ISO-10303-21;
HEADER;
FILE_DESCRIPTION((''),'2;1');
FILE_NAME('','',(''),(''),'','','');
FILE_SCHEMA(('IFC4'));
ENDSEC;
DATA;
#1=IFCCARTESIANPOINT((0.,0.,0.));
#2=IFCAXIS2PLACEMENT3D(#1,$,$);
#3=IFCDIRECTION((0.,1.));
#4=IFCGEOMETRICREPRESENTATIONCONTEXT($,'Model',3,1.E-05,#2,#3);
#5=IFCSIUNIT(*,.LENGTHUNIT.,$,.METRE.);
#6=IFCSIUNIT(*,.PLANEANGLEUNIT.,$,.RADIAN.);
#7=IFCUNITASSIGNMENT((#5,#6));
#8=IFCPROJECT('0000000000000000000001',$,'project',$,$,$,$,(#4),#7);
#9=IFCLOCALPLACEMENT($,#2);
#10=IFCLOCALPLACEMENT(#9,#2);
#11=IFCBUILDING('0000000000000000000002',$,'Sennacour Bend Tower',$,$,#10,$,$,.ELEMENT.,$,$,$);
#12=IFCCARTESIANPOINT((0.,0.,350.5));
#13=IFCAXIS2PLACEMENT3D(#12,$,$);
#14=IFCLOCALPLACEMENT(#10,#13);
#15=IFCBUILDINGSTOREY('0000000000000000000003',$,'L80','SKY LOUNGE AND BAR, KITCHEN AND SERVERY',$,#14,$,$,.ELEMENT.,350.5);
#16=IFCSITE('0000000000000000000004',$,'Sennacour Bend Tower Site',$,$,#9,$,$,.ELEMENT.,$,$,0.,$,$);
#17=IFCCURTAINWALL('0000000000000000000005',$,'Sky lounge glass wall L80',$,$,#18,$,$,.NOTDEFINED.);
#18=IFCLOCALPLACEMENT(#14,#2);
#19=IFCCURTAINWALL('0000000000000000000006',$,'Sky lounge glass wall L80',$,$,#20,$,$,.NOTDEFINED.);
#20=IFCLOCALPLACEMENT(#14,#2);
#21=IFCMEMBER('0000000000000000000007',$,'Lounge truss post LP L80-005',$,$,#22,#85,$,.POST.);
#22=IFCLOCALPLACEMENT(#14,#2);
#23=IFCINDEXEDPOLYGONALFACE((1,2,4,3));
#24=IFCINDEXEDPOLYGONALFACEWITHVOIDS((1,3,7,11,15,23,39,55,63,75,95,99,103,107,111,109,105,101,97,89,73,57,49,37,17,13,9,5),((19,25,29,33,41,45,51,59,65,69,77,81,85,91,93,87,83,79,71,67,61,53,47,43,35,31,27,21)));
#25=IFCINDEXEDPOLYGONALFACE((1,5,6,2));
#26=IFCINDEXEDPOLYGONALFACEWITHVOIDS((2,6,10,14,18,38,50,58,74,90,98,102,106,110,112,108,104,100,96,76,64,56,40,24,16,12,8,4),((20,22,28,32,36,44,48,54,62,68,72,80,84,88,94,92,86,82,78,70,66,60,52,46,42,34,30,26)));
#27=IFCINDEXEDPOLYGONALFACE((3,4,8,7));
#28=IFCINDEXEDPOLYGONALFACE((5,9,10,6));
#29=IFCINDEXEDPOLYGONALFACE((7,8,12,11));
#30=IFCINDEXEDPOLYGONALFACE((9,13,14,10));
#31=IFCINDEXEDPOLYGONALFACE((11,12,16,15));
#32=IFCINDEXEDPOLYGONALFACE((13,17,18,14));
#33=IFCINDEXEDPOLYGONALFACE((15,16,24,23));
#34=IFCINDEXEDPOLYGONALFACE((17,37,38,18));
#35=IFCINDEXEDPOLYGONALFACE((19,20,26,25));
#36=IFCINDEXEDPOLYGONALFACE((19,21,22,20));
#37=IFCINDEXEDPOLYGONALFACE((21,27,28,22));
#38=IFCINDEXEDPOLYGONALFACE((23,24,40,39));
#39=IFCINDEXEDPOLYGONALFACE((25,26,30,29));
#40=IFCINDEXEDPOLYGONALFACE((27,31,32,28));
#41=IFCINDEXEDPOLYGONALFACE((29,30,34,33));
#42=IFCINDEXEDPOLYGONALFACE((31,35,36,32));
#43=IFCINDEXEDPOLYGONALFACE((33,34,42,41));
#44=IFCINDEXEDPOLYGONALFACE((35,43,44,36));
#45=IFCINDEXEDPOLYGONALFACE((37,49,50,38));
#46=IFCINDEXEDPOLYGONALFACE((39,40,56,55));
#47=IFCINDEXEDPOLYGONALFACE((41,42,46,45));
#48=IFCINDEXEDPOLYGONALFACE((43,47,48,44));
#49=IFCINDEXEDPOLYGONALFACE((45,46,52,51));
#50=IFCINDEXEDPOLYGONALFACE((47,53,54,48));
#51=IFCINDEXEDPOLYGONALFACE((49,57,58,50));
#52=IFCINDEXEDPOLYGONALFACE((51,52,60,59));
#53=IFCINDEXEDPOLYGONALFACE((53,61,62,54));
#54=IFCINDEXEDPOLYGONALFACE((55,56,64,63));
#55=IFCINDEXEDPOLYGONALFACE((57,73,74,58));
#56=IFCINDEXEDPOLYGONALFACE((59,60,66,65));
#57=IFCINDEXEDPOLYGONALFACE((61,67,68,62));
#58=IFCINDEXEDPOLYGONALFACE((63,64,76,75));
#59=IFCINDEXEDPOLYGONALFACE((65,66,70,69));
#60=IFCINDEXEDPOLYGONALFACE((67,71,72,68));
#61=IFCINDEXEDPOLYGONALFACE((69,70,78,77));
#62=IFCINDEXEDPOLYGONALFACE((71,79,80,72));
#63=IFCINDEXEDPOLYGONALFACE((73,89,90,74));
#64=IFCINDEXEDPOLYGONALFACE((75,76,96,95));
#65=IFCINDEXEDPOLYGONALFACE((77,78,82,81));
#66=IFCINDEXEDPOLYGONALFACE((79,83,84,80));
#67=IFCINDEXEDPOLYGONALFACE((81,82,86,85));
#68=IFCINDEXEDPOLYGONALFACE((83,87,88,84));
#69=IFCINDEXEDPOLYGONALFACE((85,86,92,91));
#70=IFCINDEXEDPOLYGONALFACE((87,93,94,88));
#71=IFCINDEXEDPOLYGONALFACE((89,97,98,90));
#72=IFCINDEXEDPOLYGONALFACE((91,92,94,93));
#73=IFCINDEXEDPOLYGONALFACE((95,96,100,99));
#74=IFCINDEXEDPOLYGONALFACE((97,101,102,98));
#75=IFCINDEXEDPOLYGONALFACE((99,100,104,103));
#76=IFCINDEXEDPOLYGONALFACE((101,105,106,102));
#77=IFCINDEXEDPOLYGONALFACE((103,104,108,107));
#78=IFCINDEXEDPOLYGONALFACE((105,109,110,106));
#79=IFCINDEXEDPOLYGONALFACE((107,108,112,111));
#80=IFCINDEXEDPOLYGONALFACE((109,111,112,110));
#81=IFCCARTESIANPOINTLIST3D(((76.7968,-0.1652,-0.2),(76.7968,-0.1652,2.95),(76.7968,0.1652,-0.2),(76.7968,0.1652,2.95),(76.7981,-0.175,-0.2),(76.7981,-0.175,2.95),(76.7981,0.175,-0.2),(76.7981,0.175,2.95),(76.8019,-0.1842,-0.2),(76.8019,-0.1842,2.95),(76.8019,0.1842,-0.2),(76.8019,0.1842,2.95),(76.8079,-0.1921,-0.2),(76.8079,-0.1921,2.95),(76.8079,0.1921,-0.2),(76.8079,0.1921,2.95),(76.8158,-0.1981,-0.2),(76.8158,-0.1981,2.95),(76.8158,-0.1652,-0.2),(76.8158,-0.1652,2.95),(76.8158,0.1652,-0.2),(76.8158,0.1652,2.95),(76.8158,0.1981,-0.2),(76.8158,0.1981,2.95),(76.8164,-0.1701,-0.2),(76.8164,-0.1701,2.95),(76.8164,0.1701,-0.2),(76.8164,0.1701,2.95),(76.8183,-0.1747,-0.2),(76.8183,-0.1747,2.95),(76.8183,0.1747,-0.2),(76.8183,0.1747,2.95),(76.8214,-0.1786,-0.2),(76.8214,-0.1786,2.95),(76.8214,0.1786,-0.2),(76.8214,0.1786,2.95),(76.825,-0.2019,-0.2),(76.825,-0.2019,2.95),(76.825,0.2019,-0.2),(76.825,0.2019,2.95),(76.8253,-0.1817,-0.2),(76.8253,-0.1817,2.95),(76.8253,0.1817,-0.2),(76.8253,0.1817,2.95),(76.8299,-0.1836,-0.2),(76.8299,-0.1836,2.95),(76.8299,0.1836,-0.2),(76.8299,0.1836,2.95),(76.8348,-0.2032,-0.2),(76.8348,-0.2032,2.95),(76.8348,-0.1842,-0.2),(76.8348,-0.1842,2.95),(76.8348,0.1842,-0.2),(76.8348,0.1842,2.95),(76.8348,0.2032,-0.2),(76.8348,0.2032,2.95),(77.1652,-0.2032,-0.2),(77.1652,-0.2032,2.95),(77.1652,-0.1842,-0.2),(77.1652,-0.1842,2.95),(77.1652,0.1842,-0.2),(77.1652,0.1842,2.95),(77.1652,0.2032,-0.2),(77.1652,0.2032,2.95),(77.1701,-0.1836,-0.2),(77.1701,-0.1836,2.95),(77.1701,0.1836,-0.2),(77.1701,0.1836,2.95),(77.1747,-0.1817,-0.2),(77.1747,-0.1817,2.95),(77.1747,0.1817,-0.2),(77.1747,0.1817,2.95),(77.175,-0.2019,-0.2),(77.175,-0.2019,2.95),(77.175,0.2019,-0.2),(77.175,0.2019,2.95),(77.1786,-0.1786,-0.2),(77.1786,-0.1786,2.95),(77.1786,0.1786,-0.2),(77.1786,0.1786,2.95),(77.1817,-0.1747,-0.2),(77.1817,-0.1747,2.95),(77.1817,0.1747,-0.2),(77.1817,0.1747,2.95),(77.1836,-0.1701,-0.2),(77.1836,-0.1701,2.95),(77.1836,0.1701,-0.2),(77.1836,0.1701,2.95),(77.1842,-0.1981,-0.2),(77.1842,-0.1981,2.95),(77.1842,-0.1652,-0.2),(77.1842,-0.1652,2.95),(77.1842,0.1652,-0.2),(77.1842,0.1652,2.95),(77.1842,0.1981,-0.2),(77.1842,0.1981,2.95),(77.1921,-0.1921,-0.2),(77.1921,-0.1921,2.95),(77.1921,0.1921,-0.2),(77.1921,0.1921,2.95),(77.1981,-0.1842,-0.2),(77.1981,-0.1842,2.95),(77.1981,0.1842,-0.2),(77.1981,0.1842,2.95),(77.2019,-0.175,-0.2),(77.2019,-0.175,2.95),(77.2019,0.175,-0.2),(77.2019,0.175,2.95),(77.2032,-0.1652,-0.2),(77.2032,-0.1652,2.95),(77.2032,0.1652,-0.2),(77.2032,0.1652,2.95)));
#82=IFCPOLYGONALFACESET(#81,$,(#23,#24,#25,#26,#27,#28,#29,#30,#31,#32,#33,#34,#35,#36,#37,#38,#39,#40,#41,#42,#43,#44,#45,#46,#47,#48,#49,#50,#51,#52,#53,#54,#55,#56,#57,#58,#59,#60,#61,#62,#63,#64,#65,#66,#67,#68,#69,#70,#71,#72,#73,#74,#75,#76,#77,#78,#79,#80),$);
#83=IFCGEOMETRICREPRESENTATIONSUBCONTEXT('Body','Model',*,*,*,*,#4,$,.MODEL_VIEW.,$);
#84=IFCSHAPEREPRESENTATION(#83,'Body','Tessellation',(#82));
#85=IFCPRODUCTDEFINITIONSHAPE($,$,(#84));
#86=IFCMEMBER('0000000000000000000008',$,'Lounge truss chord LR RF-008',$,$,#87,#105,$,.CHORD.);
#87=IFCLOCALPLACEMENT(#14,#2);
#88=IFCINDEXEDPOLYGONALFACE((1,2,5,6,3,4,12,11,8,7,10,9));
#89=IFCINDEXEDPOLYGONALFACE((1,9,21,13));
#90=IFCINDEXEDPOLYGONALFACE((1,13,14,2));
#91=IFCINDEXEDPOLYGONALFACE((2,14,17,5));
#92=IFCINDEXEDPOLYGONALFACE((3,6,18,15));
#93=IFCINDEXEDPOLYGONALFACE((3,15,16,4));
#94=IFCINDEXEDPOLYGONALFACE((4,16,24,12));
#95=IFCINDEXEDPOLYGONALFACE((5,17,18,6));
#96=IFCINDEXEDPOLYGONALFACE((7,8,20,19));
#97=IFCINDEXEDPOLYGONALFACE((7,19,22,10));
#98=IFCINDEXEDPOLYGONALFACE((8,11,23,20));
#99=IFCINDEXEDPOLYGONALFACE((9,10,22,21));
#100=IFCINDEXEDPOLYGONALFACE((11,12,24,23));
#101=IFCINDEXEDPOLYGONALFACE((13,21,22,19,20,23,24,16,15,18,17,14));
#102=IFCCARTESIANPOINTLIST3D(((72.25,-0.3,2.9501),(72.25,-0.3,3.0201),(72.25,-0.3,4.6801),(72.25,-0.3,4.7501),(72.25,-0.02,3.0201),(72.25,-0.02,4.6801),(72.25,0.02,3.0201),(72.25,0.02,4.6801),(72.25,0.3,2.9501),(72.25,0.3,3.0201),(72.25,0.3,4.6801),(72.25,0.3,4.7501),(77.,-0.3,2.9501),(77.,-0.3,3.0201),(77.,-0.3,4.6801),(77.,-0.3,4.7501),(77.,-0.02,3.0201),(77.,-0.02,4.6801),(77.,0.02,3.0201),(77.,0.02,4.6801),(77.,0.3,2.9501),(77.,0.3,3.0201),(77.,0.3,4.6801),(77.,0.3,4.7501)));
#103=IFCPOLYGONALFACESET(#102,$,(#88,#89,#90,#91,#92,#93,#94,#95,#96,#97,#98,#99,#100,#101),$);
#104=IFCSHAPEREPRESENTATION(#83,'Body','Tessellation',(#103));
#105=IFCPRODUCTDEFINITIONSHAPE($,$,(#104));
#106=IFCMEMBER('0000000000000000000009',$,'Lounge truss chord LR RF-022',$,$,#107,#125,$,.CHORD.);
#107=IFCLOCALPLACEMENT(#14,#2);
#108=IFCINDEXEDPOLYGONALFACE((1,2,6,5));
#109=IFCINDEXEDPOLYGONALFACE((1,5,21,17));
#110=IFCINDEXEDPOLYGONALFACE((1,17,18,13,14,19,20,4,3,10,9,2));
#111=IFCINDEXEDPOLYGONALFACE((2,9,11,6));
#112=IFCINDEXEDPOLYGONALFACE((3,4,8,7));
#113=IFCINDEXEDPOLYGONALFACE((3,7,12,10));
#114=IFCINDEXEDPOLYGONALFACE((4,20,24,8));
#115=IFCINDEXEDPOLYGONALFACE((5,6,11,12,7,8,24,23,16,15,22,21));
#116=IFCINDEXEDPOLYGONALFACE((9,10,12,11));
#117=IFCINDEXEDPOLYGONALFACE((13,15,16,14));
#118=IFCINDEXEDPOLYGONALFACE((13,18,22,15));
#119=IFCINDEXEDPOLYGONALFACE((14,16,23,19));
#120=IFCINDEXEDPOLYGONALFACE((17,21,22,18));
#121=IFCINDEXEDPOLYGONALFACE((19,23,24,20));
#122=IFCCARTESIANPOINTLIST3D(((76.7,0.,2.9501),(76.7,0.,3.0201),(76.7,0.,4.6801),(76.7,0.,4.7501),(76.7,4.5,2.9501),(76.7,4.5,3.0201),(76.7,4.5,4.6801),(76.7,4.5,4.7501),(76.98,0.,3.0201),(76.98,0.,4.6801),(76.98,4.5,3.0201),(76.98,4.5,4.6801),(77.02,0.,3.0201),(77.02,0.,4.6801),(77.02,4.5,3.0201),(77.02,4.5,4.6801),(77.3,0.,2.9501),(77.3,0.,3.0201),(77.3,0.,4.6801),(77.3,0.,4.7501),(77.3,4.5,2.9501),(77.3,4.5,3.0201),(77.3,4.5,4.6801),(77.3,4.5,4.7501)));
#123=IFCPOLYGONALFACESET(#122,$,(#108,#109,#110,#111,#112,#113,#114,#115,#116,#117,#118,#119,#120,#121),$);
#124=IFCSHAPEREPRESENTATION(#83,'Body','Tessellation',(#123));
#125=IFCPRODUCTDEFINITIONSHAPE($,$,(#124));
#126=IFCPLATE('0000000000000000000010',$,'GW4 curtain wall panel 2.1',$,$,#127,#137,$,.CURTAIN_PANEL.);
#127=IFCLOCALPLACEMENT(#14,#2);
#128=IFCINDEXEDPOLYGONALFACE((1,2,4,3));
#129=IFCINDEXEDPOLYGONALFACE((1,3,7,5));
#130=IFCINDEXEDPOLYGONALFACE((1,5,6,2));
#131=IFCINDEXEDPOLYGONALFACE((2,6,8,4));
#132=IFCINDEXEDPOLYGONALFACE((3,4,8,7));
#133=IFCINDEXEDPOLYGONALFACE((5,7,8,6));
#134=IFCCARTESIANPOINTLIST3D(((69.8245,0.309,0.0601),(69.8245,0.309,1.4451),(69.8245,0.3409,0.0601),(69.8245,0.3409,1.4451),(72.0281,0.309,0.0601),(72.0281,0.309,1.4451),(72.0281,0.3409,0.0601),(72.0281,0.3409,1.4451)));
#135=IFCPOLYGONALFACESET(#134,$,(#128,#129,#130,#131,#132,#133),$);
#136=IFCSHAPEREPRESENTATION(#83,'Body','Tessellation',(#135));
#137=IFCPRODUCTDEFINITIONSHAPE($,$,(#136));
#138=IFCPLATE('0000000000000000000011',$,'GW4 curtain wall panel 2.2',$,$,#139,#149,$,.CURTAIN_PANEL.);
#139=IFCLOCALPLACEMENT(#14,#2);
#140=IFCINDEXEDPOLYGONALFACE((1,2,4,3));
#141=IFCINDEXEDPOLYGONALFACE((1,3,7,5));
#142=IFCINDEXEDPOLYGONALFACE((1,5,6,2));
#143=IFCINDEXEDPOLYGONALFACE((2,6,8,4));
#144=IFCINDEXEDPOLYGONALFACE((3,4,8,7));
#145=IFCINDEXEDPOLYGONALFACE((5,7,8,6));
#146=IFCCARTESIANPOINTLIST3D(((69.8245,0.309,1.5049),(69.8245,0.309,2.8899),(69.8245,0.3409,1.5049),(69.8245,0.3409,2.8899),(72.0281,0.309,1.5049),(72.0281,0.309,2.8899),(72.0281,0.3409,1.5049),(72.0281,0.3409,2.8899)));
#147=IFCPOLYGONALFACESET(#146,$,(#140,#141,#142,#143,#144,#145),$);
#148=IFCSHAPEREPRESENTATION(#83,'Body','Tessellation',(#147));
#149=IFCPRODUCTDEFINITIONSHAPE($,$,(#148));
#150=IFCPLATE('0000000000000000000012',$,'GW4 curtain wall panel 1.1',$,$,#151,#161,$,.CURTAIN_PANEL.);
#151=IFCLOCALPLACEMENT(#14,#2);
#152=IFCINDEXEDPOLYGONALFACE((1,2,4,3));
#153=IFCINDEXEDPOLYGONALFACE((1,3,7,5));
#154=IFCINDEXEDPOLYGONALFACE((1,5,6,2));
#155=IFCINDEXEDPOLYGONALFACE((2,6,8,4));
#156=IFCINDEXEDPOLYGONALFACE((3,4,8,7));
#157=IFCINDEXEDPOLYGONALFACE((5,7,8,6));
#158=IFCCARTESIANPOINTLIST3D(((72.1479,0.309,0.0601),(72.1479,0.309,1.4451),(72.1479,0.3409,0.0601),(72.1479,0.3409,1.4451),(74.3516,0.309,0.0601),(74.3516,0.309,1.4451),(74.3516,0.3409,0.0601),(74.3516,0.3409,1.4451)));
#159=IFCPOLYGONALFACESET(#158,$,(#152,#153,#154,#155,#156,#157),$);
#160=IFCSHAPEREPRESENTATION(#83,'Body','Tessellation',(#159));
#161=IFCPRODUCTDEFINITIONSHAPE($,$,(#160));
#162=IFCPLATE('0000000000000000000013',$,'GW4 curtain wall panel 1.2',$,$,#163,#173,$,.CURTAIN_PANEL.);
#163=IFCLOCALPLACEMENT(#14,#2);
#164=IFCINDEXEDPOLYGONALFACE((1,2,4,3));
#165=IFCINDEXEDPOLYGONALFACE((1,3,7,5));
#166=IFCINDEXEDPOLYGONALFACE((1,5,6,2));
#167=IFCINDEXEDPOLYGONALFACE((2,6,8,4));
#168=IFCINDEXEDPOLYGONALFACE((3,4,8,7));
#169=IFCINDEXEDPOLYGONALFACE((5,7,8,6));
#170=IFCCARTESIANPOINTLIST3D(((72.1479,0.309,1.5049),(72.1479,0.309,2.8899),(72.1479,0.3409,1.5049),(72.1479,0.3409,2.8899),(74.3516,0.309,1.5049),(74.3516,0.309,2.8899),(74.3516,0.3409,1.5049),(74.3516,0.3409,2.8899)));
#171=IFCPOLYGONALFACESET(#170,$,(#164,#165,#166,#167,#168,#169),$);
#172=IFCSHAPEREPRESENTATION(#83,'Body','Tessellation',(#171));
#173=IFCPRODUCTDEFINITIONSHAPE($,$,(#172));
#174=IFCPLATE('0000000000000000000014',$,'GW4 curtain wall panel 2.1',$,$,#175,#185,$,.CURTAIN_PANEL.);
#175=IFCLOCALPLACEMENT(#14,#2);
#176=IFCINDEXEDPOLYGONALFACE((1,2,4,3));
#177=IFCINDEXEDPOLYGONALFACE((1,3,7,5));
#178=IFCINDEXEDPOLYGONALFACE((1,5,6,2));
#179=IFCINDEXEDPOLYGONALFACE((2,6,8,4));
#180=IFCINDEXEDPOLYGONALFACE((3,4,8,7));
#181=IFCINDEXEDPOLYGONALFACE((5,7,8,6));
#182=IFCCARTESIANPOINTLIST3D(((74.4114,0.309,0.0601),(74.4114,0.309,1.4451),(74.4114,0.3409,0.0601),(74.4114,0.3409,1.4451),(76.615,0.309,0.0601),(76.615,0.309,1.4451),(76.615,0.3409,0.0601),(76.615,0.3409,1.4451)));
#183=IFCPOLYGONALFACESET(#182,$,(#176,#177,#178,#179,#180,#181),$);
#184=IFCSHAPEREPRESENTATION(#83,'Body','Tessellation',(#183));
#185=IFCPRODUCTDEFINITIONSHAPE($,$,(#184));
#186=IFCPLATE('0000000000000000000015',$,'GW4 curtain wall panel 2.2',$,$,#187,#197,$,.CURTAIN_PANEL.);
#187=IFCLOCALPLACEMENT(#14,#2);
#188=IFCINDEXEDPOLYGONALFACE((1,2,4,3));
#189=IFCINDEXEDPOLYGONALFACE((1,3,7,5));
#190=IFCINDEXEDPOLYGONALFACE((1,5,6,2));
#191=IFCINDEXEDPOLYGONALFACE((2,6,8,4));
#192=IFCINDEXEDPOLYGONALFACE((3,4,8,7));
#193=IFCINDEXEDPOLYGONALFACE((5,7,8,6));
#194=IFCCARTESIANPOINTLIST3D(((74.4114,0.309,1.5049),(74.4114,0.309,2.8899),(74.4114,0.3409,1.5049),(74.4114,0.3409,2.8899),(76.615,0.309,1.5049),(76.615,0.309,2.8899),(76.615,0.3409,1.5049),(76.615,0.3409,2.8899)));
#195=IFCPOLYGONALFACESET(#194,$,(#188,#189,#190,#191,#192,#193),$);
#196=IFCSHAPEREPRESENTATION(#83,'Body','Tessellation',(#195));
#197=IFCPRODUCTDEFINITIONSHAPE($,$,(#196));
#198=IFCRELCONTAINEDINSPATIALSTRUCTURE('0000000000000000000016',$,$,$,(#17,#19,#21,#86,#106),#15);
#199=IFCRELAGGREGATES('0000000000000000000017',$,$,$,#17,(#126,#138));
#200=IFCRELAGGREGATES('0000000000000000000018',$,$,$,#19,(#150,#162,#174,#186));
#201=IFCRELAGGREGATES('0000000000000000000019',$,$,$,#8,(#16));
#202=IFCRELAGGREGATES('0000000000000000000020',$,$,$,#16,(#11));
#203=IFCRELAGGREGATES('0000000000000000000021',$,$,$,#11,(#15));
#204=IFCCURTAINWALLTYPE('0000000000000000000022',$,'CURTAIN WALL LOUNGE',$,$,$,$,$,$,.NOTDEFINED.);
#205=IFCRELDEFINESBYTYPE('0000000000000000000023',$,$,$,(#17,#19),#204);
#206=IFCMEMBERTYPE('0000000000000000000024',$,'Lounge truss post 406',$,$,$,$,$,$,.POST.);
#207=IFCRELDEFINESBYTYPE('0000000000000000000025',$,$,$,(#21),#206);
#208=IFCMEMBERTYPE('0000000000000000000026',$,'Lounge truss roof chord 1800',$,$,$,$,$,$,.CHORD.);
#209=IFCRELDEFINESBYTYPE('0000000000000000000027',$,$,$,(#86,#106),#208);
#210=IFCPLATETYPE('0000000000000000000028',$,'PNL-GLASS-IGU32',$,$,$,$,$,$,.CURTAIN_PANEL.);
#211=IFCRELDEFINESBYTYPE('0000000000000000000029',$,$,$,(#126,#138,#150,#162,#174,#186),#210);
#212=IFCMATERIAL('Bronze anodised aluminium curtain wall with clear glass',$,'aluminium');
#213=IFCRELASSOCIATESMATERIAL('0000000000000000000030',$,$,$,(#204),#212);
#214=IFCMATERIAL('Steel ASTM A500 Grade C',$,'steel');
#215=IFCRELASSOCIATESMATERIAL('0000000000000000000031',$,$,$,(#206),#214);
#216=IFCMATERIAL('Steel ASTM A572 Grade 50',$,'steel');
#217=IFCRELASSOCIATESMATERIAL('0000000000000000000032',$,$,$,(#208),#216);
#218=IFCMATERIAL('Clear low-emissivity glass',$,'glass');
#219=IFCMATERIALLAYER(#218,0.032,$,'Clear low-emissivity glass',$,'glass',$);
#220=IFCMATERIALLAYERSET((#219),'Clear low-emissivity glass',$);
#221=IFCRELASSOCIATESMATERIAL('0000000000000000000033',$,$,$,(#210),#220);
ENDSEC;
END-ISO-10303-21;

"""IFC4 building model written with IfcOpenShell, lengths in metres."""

from ifc_helpers import new_model, si_unit, direction, frame, origin, origin_2d, place, context, subcontext, project, spatial, rectangle, hollow_rectangle, i_section, extrude, material, layer, layer_set, material_profile, profile_set, type_object, element, aggregate, save


model = new_model("IFC4")

# Units and contexts
model_context = context("Model", 3, precision=1e-05, world=origin(), true_north=direction((0.0, 1.0)))
body_context = subcontext(model_context, "Body", "Model", "MODEL_VIEW")
ifc_project = project(units=[si_unit("LENGTHUNIT", "METRE"), si_unit("PLANEANGLEUNIT", "RADIAN")], contexts=[model_context])

# Site, building, storey
site_placement = place(None, origin())
site = spatial("IfcSite", under=ifc_project, at=site_placement, Name="Sennacour Bend Tower Site", CompositionType="ELEMENT", RefElevation=0.0)
building_placement = place(site_placement, origin())
building = spatial("IfcBuilding", under=site, at=building_placement, Name="Sennacour Bend Tower", CompositionType="ELEMENT")
storey_placement = place(building_placement, frame((0.0, 0.0, 350.5)))
storey = spatial("IfcBuildingStorey", under=building, at=storey_placement, Name="L80", Description="SKY LOUNGE AND BAR, KITCHEN AND SERVERY", CompositionType="ELEMENT", Elevation=350.5)

# Curtain wall
ifc_material_1 = material(Name="Bronze anodised aluminium curtain wall with clear glass", Category="aluminium")
curtain_wall_type = type_object("IfcCurtainWallType", Name="CURTAIN WALL LOUNGE", PredefinedType="NOTDEFINED", material=ifc_material_1)
curtain_wall_1_placement = place(storey_placement, origin())
curtain_wall_1 = element("IfcCurtainWall", 1, at=curtain_wall_1_placement, inside=storey, type_object=curtain_wall_type, Name="Sky lounge glass wall L80", PredefinedType="NOTDEFINED")

# Curtain wall
curtain_wall_2_placement = place(storey_placement, origin())
curtain_wall_2 = element("IfcCurtainWall", 2, at=curtain_wall_2_placement, inside=storey, type_object=curtain_wall_type, Name="Sky lounge glass wall L80", PredefinedType="NOTDEFINED")

# Shared definitions
ifc_material_2 = material(Name="Steel ASTM A572 Grade 50", Category="steel")

# Members
ifc_material_3 = material(Name="Steel ASTM A500 Grade C", Category="steel")
ifc_material_profile_1 = material_profile(ifc_material_3, hollow_rectangle(XDim=0.4065, YDim=0.4065, WallThickness=0.019, InnerFilletRadius=0.019, OuterFilletRadius=0.0381, at=origin_2d()), Name="Steel ASTM A500 Grade C", Category="steel")
ifc_profile_set_1 = profile_set([ifc_material_profile_1], Name="Steel ASTM A500 Grade C")
member_type_1 = type_object("IfcMemberType", Name="Lounge truss post 406", PredefinedType="POST", material=ifc_profile_set_1)
for number, where, z_axis, x_axis, name in (
    (3, (77.0, 0.0, -0.2), (0.0, 0.0, 1.0), (1.0, 0.0, 0.0), "Lounge truss post LP L80-005"),
):
    element("IfcMember", number, at=place(storey_placement, frame(where, z_axis=z_axis, x_axis=x_axis)), inside=storey, type_object=member_type_1, Name=name, PredefinedType="POST", context=body_context, shape_type="SweptSolid", body=[
        extrude(hollow_rectangle(XDim=0.4065, YDim=0.4065, WallThickness=0.019, InnerFilletRadius=0.019, OuterFilletRadius=0.0381, at=origin_2d()), origin(), (0.0, 0.0, 1.0), 3.1499),
    ])
ifc_material_profile_2 = material_profile(ifc_material_2, i_section(OverallWidth=0.6001, OverallDepth=1.8, WebThickness=0.04, FlangeThickness=0.0701, at=origin_2d()), Name="Steel ASTM A572 Grade 50", Category="steel")
ifc_profile_set_2 = profile_set([ifc_material_profile_2], Name="Steel ASTM A572 Grade 50")
member_type_2 = type_object("IfcMemberType", Name="Lounge truss roof chord 1800", PredefinedType="CHORD", material=ifc_profile_set_2)
member_1_placement = place(storey_placement, frame((72.25, 0.0, 3.8501), z_axis=(1.0, 0.0, 0.0), x_axis=(0.0, 1.0, 0.0)))
element("IfcMember", 4, at=member_1_placement, inside=storey, type_object=member_type_2, Name="Lounge truss chord LR RF-008", PredefinedType="CHORD", context=body_context, shape_type="SweptSolid", body=[
    extrude(i_section(OverallWidth=0.6001, OverallDepth=1.8, WebThickness=0.04, FlangeThickness=0.0701, at=origin_2d()), origin(), (0.0, 0.0, 1.0), 4.75),
])
member_2_placement = place(storey_placement, frame((77.0, 0.0, 3.8501), z_axis=(0.0, 1.0, 0.0), x_axis=(-1.0, 0.0, 0.0)))
element("IfcMember", 5, at=member_2_placement, inside=storey, type_object=member_type_2, Name="Lounge truss chord LR RF-022", PredefinedType="CHORD", context=body_context, shape_type="SweptSolid", body=[
    extrude(i_section(OverallWidth=0.6001, OverallDepth=1.8, WebThickness=0.04, FlangeThickness=0.0701, at=origin_2d()), origin(), (0.0, 0.0, 1.0), 4.5),
])

# Plates
ifc_material_4 = material(Name="Clear low-emissivity glass", Category="glass")
ifc_layer = layer(ifc_material_4, 0.032, Name="Clear low-emissivity glass", Category="glass")
ifc_layer_set = layer_set([ifc_layer], Name="Clear low-emissivity glass")
plate_type = type_object("IfcPlateType", Name="PNL-GLASS-IGU32", PredefinedType="CURTAIN_PANEL", material=ifc_layer_set)
plate_1_placement = place(storey_placement, frame((70.9263, 0.325, 0.0601), z_axis=(0.0, 0.0, 1.0), x_axis=(1.0, 0.0, 0.0)))
plate_1 = element("IfcPlate", 6, at=plate_1_placement, type_object=plate_type, Name="GW4 curtain wall panel 2.1", PredefinedType="CURTAIN_PANEL", context=body_context, shape_type="SweptSolid", body=[
    extrude(rectangle(XDim=2.2036, YDim=0.032, at=origin_2d()), origin(), (0.0, 0.0, 1.0), 1.385),
])
plate_2_placement = place(storey_placement, frame((70.9263, 0.325, 1.5049), z_axis=(0.0, 0.0, 1.0), x_axis=(1.0, 0.0, 0.0)))
plate_2 = element("IfcPlate", 7, at=plate_2_placement, type_object=plate_type, Name="GW4 curtain wall panel 2.2", PredefinedType="CURTAIN_PANEL", context=body_context, shape_type="SweptSolid", body=[
    extrude(rectangle(XDim=2.2036, YDim=0.032, at=origin_2d()), origin(), (0.0, 0.0, 1.0), 1.385),
])
aggregate(curtain_wall_1, [plate_1, plate_2])
plate_3_placement = place(storey_placement, frame((73.2498, 0.325, 0.0601), z_axis=(0.0, 0.0, 1.0), x_axis=(1.0, 0.0, 0.0)))
plate_3 = element("IfcPlate", 8, at=plate_3_placement, type_object=plate_type, Name="GW4 curtain wall panel 1.1", PredefinedType="CURTAIN_PANEL", context=body_context, shape_type="SweptSolid", body=[
    extrude(rectangle(XDim=2.2036, YDim=0.032, at=origin_2d()), origin(), (0.0, 0.0, 1.0), 1.385),
])
plate_4_placement = place(storey_placement, frame((73.2498, 0.325, 1.5049), z_axis=(0.0, 0.0, 1.0), x_axis=(1.0, 0.0, 0.0)))
plate_4 = element("IfcPlate", 9, at=plate_4_placement, type_object=plate_type, Name="GW4 curtain wall panel 1.2", PredefinedType="CURTAIN_PANEL", context=body_context, shape_type="SweptSolid", body=[
    extrude(rectangle(XDim=2.2036, YDim=0.032, at=origin_2d()), origin(), (0.0, 0.0, 1.0), 1.385),
])
plate_5_placement = place(storey_placement, frame((75.5132, 0.325, 0.0601), z_axis=(0.0, 0.0, 1.0), x_axis=(1.0, 0.0, 0.0)))
plate_5 = element("IfcPlate", 10, at=plate_5_placement, type_object=plate_type, Name="GW4 curtain wall panel 2.1", PredefinedType="CURTAIN_PANEL", context=body_context, shape_type="SweptSolid", body=[
    extrude(rectangle(XDim=2.2036, YDim=0.032, at=origin_2d()), origin(), (0.0, 0.0, 1.0), 1.385),
])
plate_6_placement = place(storey_placement, frame((75.5132, 0.325, 1.5049), z_axis=(0.0, 0.0, 1.0), x_axis=(1.0, 0.0, 0.0)))
plate_6 = element("IfcPlate", 11, at=plate_6_placement, type_object=plate_type, Name="GW4 curtain wall panel 2.2", PredefinedType="CURTAIN_PANEL", context=body_context, shape_type="SweptSolid", body=[
    extrude(rectangle(XDim=2.2036, YDim=0.032, at=origin_2d()), origin(), (0.0, 0.0, 1.0), 1.385),
])
aggregate(curtain_wall_2, [plate_3, plate_4, plate_5, plate_6])

save(model, "model.ifc")
